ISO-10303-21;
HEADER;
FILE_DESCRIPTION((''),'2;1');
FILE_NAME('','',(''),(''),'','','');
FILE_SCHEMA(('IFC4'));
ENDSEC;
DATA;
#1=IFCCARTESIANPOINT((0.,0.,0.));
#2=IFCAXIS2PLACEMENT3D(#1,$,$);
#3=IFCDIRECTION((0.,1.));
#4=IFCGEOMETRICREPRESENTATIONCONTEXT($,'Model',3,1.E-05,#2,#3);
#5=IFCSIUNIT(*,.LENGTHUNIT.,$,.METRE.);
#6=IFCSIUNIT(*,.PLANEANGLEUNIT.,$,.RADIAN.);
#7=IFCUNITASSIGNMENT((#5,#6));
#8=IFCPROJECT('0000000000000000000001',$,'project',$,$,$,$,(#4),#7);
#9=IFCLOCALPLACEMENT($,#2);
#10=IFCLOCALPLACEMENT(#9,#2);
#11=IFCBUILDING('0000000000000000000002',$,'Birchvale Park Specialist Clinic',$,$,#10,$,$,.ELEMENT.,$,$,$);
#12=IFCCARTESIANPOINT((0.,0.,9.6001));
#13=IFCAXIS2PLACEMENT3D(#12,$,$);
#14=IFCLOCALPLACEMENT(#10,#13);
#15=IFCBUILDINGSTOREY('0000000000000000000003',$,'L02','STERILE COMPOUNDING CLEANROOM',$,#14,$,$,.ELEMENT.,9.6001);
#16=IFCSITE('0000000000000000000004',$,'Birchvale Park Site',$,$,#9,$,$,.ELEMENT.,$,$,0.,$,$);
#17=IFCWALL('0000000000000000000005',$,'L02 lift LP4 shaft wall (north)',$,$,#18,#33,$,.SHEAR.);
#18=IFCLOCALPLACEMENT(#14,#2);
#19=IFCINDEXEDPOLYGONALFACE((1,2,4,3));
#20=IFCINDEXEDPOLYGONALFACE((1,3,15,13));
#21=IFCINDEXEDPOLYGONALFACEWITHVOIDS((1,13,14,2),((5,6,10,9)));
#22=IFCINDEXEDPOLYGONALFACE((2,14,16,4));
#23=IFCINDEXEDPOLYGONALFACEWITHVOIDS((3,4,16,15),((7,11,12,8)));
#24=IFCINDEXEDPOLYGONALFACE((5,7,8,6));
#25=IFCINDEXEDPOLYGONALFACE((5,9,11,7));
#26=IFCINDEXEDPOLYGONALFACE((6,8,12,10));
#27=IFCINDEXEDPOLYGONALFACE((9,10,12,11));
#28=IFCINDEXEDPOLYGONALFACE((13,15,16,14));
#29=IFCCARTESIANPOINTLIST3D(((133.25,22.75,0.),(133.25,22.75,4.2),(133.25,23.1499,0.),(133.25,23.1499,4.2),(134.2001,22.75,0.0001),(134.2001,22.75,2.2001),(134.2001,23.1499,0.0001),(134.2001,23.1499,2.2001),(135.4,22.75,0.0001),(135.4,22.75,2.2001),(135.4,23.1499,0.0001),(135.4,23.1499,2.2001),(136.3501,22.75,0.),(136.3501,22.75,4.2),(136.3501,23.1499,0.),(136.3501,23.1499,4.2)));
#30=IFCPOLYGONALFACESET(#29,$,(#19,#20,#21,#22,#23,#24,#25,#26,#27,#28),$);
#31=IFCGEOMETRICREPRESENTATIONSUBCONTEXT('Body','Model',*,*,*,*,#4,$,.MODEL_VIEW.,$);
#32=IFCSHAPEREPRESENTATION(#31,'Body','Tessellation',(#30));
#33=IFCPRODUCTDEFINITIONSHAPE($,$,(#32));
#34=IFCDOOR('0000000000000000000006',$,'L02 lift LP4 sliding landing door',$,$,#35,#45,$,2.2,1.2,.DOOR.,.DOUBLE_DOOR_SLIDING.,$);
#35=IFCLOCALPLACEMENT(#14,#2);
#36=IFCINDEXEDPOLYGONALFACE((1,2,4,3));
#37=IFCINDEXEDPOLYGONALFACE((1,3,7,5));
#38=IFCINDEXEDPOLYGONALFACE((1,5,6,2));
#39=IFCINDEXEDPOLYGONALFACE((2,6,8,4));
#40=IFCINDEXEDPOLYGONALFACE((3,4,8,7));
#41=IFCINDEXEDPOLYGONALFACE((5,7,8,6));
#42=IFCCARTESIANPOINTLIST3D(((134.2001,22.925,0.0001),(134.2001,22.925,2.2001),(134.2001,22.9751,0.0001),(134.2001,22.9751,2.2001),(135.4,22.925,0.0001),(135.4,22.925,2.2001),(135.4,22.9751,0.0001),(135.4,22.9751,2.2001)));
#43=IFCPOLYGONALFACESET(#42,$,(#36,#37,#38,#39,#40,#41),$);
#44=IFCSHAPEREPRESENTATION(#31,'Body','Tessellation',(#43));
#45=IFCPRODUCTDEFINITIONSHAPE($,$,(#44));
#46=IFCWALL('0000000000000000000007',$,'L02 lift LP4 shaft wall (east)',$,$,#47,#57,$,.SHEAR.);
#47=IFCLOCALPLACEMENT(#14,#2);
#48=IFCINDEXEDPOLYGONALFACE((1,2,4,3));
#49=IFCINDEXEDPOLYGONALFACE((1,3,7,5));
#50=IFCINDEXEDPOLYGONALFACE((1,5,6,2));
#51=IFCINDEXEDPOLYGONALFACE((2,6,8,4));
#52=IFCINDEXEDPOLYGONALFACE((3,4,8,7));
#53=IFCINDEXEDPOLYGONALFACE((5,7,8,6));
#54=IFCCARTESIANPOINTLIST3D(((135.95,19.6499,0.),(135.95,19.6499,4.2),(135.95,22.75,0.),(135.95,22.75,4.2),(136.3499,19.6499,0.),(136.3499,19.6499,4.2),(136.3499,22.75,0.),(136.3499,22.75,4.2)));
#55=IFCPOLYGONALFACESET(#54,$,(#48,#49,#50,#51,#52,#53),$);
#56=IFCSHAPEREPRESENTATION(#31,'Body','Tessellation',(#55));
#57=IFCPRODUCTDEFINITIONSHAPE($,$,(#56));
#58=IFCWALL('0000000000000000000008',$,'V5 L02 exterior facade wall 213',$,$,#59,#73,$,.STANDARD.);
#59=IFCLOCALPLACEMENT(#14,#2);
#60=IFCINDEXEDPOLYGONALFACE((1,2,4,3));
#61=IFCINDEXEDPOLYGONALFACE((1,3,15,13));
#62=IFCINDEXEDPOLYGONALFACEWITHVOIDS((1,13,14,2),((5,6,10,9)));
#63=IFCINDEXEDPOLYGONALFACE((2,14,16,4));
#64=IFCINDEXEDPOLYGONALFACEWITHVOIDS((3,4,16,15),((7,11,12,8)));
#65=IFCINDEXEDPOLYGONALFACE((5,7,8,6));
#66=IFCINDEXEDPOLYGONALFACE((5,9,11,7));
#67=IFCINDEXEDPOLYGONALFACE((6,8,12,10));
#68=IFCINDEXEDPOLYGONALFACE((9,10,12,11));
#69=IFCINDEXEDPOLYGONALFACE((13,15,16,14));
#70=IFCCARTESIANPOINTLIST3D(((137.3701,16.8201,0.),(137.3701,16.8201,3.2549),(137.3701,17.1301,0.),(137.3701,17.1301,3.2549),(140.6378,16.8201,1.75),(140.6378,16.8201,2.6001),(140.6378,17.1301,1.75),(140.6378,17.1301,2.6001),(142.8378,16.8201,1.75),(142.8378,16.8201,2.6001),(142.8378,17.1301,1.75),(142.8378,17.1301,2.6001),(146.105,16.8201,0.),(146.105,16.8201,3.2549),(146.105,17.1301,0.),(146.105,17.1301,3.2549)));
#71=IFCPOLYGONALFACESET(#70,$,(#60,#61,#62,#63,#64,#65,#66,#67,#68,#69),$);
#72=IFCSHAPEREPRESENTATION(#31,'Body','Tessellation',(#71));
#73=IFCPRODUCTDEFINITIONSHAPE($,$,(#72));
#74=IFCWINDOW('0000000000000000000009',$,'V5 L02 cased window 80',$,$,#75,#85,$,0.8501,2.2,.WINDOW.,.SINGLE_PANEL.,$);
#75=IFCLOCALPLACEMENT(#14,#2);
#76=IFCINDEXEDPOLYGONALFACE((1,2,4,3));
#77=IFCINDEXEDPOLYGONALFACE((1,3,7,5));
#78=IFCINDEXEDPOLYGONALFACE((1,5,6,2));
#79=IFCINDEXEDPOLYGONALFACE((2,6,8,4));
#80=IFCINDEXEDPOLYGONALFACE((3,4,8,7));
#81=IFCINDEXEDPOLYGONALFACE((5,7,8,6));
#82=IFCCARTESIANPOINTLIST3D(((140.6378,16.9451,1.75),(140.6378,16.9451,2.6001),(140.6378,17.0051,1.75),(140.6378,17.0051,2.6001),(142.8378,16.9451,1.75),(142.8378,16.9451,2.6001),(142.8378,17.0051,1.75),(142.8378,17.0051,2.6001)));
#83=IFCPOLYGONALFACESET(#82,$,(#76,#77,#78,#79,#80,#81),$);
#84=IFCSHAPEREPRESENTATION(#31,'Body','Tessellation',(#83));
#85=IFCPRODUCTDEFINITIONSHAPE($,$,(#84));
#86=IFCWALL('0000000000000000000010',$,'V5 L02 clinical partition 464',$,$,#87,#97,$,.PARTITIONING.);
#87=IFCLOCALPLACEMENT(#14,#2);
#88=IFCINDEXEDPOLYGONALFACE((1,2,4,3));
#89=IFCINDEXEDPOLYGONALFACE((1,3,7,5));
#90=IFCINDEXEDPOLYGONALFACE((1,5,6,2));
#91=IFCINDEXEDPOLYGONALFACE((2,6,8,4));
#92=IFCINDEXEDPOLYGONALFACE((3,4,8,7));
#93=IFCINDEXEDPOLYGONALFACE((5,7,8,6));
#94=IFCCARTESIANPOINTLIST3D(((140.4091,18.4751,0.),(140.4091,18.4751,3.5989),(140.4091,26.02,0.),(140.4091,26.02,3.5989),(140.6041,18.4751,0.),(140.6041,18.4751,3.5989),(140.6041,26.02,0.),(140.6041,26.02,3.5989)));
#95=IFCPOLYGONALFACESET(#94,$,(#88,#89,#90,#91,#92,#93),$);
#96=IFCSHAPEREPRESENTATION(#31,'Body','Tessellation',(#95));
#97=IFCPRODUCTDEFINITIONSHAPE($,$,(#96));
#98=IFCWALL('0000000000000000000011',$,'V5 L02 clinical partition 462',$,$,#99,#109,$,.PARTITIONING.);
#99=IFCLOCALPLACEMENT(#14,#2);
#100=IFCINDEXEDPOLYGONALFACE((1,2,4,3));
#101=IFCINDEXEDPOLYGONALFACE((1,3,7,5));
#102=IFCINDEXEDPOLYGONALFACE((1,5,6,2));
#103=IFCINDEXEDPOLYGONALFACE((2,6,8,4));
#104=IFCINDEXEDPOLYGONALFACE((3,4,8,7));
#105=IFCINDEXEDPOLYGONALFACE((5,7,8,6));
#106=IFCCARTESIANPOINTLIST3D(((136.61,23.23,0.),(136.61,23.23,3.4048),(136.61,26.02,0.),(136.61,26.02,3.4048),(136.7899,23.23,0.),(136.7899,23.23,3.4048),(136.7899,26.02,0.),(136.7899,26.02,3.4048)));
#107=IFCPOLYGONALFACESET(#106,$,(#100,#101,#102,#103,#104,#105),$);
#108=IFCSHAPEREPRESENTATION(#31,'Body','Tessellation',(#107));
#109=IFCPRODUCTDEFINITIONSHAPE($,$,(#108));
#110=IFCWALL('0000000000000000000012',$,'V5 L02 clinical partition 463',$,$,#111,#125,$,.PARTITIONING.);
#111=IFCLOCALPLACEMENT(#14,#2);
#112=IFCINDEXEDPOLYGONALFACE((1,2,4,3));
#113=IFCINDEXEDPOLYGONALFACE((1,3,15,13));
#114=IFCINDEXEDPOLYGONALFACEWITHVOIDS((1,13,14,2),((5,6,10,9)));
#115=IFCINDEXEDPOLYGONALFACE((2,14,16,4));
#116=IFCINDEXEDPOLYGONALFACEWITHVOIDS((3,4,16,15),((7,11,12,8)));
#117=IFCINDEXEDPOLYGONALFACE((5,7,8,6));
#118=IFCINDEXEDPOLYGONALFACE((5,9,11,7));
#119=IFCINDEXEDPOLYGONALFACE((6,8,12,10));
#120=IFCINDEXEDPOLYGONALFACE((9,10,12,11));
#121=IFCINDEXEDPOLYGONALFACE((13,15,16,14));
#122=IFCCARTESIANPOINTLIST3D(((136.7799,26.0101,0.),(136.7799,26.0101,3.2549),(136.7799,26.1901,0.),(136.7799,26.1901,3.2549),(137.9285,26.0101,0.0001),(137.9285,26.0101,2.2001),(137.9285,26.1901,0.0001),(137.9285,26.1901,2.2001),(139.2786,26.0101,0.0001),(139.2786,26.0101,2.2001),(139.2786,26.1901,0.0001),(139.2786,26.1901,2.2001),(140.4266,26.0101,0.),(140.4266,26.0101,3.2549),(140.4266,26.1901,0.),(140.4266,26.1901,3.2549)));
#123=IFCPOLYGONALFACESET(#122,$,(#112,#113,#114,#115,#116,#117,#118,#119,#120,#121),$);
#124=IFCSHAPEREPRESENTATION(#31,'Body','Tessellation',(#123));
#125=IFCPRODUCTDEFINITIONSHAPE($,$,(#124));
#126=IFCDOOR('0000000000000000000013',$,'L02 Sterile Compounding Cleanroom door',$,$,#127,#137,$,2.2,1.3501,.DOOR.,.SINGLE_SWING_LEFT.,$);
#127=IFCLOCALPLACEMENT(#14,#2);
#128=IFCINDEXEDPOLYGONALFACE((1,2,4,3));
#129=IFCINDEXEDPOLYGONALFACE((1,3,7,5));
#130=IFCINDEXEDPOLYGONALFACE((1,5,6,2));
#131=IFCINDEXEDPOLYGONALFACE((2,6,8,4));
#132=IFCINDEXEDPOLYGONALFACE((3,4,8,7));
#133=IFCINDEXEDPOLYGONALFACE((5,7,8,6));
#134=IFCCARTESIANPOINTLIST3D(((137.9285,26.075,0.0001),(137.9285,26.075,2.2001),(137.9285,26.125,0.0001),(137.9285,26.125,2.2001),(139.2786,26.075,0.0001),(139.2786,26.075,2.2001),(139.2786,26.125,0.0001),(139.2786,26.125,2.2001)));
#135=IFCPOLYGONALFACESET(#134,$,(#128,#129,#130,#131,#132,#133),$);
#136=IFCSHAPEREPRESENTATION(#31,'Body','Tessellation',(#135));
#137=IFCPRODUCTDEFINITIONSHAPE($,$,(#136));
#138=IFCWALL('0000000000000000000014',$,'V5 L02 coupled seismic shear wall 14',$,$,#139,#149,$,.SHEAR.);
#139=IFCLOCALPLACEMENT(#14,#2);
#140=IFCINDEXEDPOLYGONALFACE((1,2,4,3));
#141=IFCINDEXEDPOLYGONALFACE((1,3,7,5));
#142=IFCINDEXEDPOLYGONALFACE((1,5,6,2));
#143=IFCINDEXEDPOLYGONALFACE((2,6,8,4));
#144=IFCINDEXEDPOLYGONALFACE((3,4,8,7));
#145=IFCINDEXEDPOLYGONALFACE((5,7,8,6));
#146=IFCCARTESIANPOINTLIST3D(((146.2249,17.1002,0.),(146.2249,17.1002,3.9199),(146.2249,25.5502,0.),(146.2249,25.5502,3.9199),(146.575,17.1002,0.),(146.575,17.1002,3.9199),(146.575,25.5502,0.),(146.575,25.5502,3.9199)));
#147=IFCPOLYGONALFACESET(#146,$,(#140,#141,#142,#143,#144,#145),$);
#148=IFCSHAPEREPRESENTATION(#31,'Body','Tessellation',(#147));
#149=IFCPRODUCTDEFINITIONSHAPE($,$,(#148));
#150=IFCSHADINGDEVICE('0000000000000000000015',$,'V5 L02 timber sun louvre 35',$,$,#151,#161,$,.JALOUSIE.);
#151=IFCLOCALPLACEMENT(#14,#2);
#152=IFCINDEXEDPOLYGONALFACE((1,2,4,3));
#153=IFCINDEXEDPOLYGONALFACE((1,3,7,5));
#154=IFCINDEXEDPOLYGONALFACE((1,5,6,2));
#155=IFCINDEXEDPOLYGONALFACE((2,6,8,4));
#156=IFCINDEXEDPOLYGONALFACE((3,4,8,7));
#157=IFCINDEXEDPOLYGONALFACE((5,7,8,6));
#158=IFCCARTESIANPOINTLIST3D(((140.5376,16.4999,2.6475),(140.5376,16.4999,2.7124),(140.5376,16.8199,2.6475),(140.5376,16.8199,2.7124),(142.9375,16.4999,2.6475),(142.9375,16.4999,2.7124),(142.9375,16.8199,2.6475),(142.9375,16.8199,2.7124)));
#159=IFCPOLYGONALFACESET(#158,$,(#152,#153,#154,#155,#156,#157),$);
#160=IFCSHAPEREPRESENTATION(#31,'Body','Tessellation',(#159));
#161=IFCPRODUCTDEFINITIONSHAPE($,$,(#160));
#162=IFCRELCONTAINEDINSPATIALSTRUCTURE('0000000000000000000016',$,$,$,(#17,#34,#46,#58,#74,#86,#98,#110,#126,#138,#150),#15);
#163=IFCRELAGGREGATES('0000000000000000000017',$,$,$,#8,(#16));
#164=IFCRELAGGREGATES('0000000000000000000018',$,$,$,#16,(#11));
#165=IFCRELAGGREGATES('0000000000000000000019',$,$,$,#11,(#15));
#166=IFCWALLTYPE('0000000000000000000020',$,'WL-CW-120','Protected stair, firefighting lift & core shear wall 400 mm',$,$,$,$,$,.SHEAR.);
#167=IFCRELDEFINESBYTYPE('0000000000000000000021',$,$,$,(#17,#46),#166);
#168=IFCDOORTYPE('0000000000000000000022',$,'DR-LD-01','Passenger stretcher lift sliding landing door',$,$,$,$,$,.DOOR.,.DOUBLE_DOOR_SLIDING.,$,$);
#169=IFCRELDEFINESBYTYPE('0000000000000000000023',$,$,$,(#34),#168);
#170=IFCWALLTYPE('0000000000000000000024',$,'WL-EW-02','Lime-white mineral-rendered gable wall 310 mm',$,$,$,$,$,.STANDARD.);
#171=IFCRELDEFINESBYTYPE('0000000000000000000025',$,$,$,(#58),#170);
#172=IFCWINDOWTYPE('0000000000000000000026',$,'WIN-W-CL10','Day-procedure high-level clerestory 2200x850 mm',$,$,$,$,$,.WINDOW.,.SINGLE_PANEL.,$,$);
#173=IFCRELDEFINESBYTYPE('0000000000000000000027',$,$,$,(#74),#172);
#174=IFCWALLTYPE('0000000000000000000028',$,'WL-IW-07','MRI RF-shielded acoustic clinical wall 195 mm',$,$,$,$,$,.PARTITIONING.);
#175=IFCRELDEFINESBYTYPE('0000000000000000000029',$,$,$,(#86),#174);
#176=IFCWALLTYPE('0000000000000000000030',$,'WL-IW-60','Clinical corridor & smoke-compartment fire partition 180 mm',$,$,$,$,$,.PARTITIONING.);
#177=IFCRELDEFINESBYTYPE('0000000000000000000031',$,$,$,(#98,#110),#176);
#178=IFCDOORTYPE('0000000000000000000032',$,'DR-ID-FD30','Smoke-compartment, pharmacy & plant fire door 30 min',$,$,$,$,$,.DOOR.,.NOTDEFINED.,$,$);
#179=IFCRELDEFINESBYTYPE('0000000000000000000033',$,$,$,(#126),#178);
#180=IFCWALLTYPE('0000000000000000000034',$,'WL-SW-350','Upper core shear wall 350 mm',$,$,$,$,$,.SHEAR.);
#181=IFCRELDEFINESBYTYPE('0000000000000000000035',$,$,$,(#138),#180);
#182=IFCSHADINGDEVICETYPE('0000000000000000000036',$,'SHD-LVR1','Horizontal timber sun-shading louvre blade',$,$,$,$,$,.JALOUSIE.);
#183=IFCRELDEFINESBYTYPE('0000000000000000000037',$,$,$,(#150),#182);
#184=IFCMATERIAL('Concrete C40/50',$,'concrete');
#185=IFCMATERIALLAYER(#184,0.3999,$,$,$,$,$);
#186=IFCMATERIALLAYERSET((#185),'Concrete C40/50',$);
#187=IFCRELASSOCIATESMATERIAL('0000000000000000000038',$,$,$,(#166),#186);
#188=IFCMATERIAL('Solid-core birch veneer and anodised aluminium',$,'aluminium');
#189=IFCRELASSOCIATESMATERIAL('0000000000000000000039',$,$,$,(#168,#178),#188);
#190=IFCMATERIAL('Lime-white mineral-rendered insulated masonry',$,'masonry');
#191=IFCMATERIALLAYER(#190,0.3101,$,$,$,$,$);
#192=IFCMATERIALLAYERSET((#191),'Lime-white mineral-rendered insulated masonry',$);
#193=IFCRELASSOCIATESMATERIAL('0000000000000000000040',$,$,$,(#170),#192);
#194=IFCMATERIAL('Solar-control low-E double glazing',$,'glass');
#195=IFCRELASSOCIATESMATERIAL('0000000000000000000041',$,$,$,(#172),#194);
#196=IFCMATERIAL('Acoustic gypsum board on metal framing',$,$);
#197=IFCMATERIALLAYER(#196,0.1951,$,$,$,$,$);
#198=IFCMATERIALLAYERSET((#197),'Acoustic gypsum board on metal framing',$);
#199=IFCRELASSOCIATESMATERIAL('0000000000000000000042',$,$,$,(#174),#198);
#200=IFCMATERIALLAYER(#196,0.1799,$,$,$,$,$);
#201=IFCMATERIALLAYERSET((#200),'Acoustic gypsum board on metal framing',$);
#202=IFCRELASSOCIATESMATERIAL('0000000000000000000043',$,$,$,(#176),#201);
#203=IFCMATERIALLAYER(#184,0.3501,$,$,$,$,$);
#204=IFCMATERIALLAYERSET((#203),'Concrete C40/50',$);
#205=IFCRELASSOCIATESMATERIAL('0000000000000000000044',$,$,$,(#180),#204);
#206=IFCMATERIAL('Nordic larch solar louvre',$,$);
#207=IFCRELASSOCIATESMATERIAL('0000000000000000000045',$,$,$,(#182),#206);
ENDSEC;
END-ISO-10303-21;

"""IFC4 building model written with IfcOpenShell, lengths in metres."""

from ifc_helpers import new_model, si_unit, direction, frame, frame_2d, origin, origin_2d, place, context, subcontext, project, spatial, rectangle, extrude, material, layer, layer_set, type_object, element, fill, save


model = new_model("IFC4")

# Units and contexts
model_context = context("Model", 3, precision=1e-05, world=origin(), true_north=direction((0.0, 1.0)))
body_context = subcontext(model_context, "Body", "Model", "MODEL_VIEW")
ifc_project = project(units=[si_unit("LENGTHUNIT", "METRE"), si_unit("PLANEANGLEUNIT", "RADIAN")], contexts=[model_context])

# Site, building, storey
site_placement = place(None, origin())
site = spatial("IfcSite", under=ifc_project, at=site_placement, Name="Birchvale Park Site", CompositionType="ELEMENT", RefElevation=0.0)
building_placement = place(site_placement, origin())
building = spatial("IfcBuilding", under=site, at=building_placement, Name="Birchvale Park Specialist Clinic", CompositionType="ELEMENT")
storey_placement = place(building_placement, frame((0.0, 0.0, 9.6001)))
storey = spatial("IfcBuildingStorey", under=building, at=storey_placement, Name="L02", Description="STERILE COMPOUNDING CLEANROOM", CompositionType="ELEMENT", Elevation=9.6001)

# Shared definitions
ifc_material_1 = material(Name="Concrete C40/50", Category="concrete")

# Wall, opening, door
ifc_layer_1 = layer(ifc_material_1, 0.3999)
ifc_layer_set_1 = layer_set([ifc_layer_1], Name="Concrete C40/50")
wall_type_1 = type_object("IfcWallType", Name="WL-CW-120", Description="Protected stair, firefighting lift & core shear wall 400 mm", PredefinedType="SHEAR", material=ifc_layer_set_1)
wall_1_placement = place(storey_placement, frame((136.3501, 22.95, 0.0), z_axis=(0.0, 0.0, 1.0), x_axis=(-1.0, 0.0, 0.0)))
wall_1 = element("IfcWall", 1, at=wall_1_placement, inside=storey, type_object=wall_type_1, Name="L02 lift LP4 shaft wall (north)", PredefinedType="SHEAR", context=body_context, shape_type="SweptSolid", body=[
    extrude(rectangle(XDim=3.1001, YDim=0.3999, at=frame_2d((1.55, 0.0))), origin(), (0.0, 0.0, 1.0), 4.2),
])
opening_1_placement = place(wall_1_placement, frame((0.95, 0.0, 0.0)))
opening_1 = element("IfcOpeningElement", 2, at=opening_1_placement, cuts=wall_1, PredefinedType="OPENING", context=body_context, shape_type="SweptSolid", body=[
    extrude(rectangle(XDim=1.2, YDim=2.2, at=frame_2d((0.6001, 1.1001))), frame((0.0, 0.21, 0.0), z_axis=(0.0, -1.0, 0.0), x_axis=(1.0, 0.0, 0.0)), (0.0, 0.0, 1.0), 0.4199),
])
ifc_material_2 = material(Name="Solid-core birch veneer and anodised aluminium", Category="aluminium")
door_type_1 = type_object("IfcDoorType", Name="DR-LD-01", Description="Passenger stretcher lift sliding landing door", OperationType="DOUBLE_DOOR_SLIDING", PredefinedType="DOOR", material=ifc_material_2)
door_1_placement = place(opening_1_placement, origin())
door_1 = element("IfcDoor", 3, at=door_1_placement, inside=storey, type_object=door_type_1, Name="L02 lift LP4 sliding landing door", OperationType="DOUBLE_DOOR_SLIDING", OverallHeight=2.2, OverallWidth=1.2, PredefinedType="DOOR", context=body_context, shape_type="SweptSolid", body=[
    extrude(rectangle(XDim=1.2, YDim=2.2, at=frame_2d((0.6001, 1.1001))), frame((0.0, 0.0249, 0.0), z_axis=(0.0, -1.0, 0.0), x_axis=(1.0, 0.0, 0.0)), (0.0, 0.0, 1.0), 0.05),
])
fill(opening_1, door_1)

# Wall
wall_2_placement = place(storey_placement, frame((136.1499, 22.75, 0.0), z_axis=(0.0, 0.0, 1.0), x_axis=(0.0, -1.0, 0.0)))
element("IfcWall", 4, at=wall_2_placement, inside=storey, type_object=wall_type_1, Name="L02 lift LP4 shaft wall (east)", PredefinedType="SHEAR", context=body_context, shape_type="SweptSolid", body=[
    extrude(rectangle(XDim=3.1001, YDim=0.3999, at=frame_2d((1.55, 0.0))), origin(), (0.0, 0.0, 1.0), 4.2),
])

# Wall, opening, window
ifc_material_3 = material(Name="Lime-white mineral-rendered insulated masonry", Category="masonry")
ifc_layer_2 = layer(ifc_material_3, 0.3101)
ifc_layer_set_2 = layer_set([ifc_layer_2], Name="Lime-white mineral-rendered insulated masonry")
wall_type_2 = type_object("IfcWallType", Name="WL-EW-02", Description="Lime-white mineral-rendered gable wall 310 mm", PredefinedType="STANDARD", material=ifc_layer_set_2)
wall_3_placement = place(storey_placement, frame((137.3701, 16.9751, 0.0), z_axis=(0.0, 0.0, 1.0), x_axis=(1.0, 0.0, 0.0)))
wall_3 = element("IfcWall", 5, at=wall_3_placement, inside=storey, type_object=wall_type_2, Name="V5 L02 exterior facade wall 213", PredefinedType="STANDARD", context=body_context, shape_type="SweptSolid", body=[
    extrude(rectangle(XDim=8.7349, YDim=0.3101, at=frame_2d((4.3674, 0.0))), origin(), (0.0, 0.0, 1.0), 3.2549),
])
opening_2_placement = place(wall_3_placement, frame((3.2676, 0.0, 1.75)))
opening_2 = element("IfcOpeningElement", 6, at=opening_2_placement, cuts=wall_3, PredefinedType="OPENING", context=body_context, shape_type="SweptSolid", body=[
    extrude(rectangle(XDim=2.2, YDim=0.8501, at=frame_2d((1.1001, 0.425))), frame((0.0, 0.165, 0.0), z_axis=(0.0, -1.0, 0.0), x_axis=(1.0, 0.0, 0.0)), (0.0, 0.0, 1.0), 0.3301),
])
ifc_material_4 = material(Name="Solar-control low-E double glazing", Category="glass")
window_type = type_object("IfcWindowType", Name="WIN-W-CL10", Description="Day-procedure high-level clerestory 2200x850 mm", PartitioningType="SINGLE_PANEL", PredefinedType="WINDOW", material=ifc_material_4)
window_placement = place(opening_2_placement, origin())
window = element("IfcWindow", 7, at=window_placement, inside=storey, type_object=window_type, Name="V5 L02 cased window 80", OverallHeight=0.8501, OverallWidth=2.2, PartitioningType="SINGLE_PANEL", PredefinedType="WINDOW", context=body_context, shape_type="SweptSolid", body=[
    extrude(rectangle(XDim=2.2, YDim=0.8501, at=frame_2d((1.1001, 0.425))), frame((0.0, 0.03, 0.0), z_axis=(0.0, -1.0, 0.0), x_axis=(1.0, 0.0, 0.0)), (0.0, 0.0, 1.0), 0.0601),
])
fill(opening_2, window)

# Walls
ifc_material_5 = material(Name="Acoustic gypsum board on metal framing")
ifc_layer_3 = layer(ifc_material_5, 0.1951)
ifc_layer_set_3 = layer_set([ifc_layer_3], Name="Acoustic gypsum board on metal framing")
wall_type_3 = type_object("IfcWallType", Name="WL-IW-07", Description="MRI RF-shielded acoustic clinical wall 195 mm", PredefinedType="PARTITIONING", material=ifc_layer_set_3)
wall_4_placement = place(storey_placement, frame((140.5066, 26.02, 0.0), z_axis=(0.0, 0.0, 1.0), x_axis=(0.0, -1.0, 0.0)))
element("IfcWall", 8, at=wall_4_placement, inside=storey, type_object=wall_type_3, Name="V5 L02 clinical partition 464", PredefinedType="PARTITIONING", context=body_context, shape_type="SweptSolid", body=[
    extrude(rectangle(XDim=7.5449, YDim=0.1951, at=frame_2d((3.7725, 0.0))), origin(), (0.0, 0.0, 1.0), 3.5989),
])
ifc_layer_4 = layer(ifc_material_5, 0.1799)
ifc_layer_set_4 = layer_set([ifc_layer_4], Name="Acoustic gypsum board on metal framing")
wall_type_4 = type_object("IfcWallType", Name="WL-IW-60", Description="Clinical corridor & smoke-compartment fire partition 180 mm", PredefinedType="PARTITIONING", material=ifc_layer_set_4)
wall_5_placement = place(storey_placement, frame((136.7, 23.23, 0.0), z_axis=(0.0, 0.0, 1.0), x_axis=(0.0, 1.0, 0.0)))
element("IfcWall", 9, at=wall_5_placement, inside=storey, type_object=wall_type_4, Name="V5 L02 clinical partition 462", PredefinedType="PARTITIONING", context=body_context, shape_type="SweptSolid", body=[
    extrude(rectangle(XDim=2.79, YDim=0.1799, at=frame_2d((1.395, 0.0))), origin(), (0.0, 0.0, 1.0), 3.4048),
])

# Wall, opening, door
wall_6_placement = place(storey_placement, frame((136.78, 26.1001, 0.0), z_axis=(0.0, 0.0, 1.0), x_axis=(1.0, 0.0, 0.0)))
wall_6 = element("IfcWall", 10, at=wall_6_placement, inside=storey, type_object=wall_type_4, Name="V5 L02 clinical partition 463", PredefinedType="PARTITIONING", context=body_context, shape_type="SweptSolid", body=[
    extrude(rectangle(XDim=3.6467, YDim=0.1799, at=frame_2d((1.8232, 0.0))), origin(), (0.0, 0.0, 1.0), 3.2549),
])
opening_3_placement = place(wall_6_placement, frame((1.1484, 0.0, 0.0)))
opening_3 = element("IfcOpeningElement", 11, at=opening_3_placement, cuts=wall_6, PredefinedType="OPENING", context=body_context, shape_type="SweptSolid", body=[
    extrude(rectangle(XDim=1.3501, YDim=2.2, at=frame_2d((0.675, 1.1001))), frame((0.0, 0.1001, 0.0), z_axis=(0.0, -1.0, 0.0), x_axis=(1.0, 0.0, 0.0)), (0.0, 0.0, 1.0), 0.2),
])
door_type_2 = type_object("IfcDoorType", Name="DR-ID-FD30", Description="Smoke-compartment, pharmacy & plant fire door 30 min", OperationType="NOTDEFINED", PredefinedType="DOOR", material=ifc_material_2)
door_2_placement = place(opening_3_placement, origin())
door_2 = element("IfcDoor", 12, at=door_2_placement, inside=storey, type_object=door_type_2, Name="L02 Sterile Compounding Cleanroom door", OperationType="SINGLE_SWING_LEFT", OverallHeight=2.2, OverallWidth=1.3501, PredefinedType="DOOR", context=body_context, shape_type="SweptSolid", body=[
    extrude(rectangle(XDim=1.3501, YDim=2.2, at=frame_2d((0.675, 1.1001))), frame((0.0, 0.0249, 0.0), z_axis=(0.0, -1.0, 0.0), x_axis=(1.0, 0.0, 0.0)), (0.0, 0.0, 1.0), 0.05),
])
fill(opening_3, door_2)

# Wall
ifc_layer_5 = layer(ifc_material_1, 0.3501)
ifc_layer_set_5 = layer_set([ifc_layer_5], Name="Concrete C40/50")
wall_type_5 = type_object("IfcWallType", Name="WL-SW-350", Description="Upper core shear wall 350 mm", PredefinedType="SHEAR", material=ifc_layer_set_5)
wall_7_placement = place(storey_placement, frame((146.3999, 17.1001, 0.0), z_axis=(0.0, 0.0, 1.0), x_axis=(0.0, 1.0, 0.0)))
element("IfcWall", 13, at=wall_7_placement, inside=storey, type_object=wall_type_5, Name="V5 L02 coupled seismic shear wall 14", PredefinedType="SHEAR", context=body_context, shape_type="SweptSolid", body=[
    extrude(rectangle(XDim=8.45, YDim=0.3501, at=frame_2d((4.2251, 0.0))), origin(), (0.0, 0.0, 1.0), 3.9199),
])

# Shading device
ifc_material_6 = material(Name="Nordic larch solar louvre")
shading_device_type = type_object("IfcShadingDeviceType", Name="SHD-LVR1", Description="Horizontal timber sun-shading louvre blade", PredefinedType="JALOUSIE", material=ifc_material_6)
shading_device_placement = place(storey_placement, frame((141.7375, 16.6599, 2.6475), z_axis=(0.0, 0.0, 1.0), x_axis=(1.0, 0.0, 0.0)))
element("IfcShadingDevice", 14, at=shading_device_placement, inside=storey, type_object=shading_device_type, Name="V5 L02 timber sun louvre 35", PredefinedType="JALOUSIE", context=body_context, shape_type="SweptSolid", body=[
    extrude(rectangle(XDim=2.3999, YDim=0.3201, at=origin_2d()), origin(), (0.0, 0.0, 1.0), 0.0649),
])

save(model, "model.ifc")
